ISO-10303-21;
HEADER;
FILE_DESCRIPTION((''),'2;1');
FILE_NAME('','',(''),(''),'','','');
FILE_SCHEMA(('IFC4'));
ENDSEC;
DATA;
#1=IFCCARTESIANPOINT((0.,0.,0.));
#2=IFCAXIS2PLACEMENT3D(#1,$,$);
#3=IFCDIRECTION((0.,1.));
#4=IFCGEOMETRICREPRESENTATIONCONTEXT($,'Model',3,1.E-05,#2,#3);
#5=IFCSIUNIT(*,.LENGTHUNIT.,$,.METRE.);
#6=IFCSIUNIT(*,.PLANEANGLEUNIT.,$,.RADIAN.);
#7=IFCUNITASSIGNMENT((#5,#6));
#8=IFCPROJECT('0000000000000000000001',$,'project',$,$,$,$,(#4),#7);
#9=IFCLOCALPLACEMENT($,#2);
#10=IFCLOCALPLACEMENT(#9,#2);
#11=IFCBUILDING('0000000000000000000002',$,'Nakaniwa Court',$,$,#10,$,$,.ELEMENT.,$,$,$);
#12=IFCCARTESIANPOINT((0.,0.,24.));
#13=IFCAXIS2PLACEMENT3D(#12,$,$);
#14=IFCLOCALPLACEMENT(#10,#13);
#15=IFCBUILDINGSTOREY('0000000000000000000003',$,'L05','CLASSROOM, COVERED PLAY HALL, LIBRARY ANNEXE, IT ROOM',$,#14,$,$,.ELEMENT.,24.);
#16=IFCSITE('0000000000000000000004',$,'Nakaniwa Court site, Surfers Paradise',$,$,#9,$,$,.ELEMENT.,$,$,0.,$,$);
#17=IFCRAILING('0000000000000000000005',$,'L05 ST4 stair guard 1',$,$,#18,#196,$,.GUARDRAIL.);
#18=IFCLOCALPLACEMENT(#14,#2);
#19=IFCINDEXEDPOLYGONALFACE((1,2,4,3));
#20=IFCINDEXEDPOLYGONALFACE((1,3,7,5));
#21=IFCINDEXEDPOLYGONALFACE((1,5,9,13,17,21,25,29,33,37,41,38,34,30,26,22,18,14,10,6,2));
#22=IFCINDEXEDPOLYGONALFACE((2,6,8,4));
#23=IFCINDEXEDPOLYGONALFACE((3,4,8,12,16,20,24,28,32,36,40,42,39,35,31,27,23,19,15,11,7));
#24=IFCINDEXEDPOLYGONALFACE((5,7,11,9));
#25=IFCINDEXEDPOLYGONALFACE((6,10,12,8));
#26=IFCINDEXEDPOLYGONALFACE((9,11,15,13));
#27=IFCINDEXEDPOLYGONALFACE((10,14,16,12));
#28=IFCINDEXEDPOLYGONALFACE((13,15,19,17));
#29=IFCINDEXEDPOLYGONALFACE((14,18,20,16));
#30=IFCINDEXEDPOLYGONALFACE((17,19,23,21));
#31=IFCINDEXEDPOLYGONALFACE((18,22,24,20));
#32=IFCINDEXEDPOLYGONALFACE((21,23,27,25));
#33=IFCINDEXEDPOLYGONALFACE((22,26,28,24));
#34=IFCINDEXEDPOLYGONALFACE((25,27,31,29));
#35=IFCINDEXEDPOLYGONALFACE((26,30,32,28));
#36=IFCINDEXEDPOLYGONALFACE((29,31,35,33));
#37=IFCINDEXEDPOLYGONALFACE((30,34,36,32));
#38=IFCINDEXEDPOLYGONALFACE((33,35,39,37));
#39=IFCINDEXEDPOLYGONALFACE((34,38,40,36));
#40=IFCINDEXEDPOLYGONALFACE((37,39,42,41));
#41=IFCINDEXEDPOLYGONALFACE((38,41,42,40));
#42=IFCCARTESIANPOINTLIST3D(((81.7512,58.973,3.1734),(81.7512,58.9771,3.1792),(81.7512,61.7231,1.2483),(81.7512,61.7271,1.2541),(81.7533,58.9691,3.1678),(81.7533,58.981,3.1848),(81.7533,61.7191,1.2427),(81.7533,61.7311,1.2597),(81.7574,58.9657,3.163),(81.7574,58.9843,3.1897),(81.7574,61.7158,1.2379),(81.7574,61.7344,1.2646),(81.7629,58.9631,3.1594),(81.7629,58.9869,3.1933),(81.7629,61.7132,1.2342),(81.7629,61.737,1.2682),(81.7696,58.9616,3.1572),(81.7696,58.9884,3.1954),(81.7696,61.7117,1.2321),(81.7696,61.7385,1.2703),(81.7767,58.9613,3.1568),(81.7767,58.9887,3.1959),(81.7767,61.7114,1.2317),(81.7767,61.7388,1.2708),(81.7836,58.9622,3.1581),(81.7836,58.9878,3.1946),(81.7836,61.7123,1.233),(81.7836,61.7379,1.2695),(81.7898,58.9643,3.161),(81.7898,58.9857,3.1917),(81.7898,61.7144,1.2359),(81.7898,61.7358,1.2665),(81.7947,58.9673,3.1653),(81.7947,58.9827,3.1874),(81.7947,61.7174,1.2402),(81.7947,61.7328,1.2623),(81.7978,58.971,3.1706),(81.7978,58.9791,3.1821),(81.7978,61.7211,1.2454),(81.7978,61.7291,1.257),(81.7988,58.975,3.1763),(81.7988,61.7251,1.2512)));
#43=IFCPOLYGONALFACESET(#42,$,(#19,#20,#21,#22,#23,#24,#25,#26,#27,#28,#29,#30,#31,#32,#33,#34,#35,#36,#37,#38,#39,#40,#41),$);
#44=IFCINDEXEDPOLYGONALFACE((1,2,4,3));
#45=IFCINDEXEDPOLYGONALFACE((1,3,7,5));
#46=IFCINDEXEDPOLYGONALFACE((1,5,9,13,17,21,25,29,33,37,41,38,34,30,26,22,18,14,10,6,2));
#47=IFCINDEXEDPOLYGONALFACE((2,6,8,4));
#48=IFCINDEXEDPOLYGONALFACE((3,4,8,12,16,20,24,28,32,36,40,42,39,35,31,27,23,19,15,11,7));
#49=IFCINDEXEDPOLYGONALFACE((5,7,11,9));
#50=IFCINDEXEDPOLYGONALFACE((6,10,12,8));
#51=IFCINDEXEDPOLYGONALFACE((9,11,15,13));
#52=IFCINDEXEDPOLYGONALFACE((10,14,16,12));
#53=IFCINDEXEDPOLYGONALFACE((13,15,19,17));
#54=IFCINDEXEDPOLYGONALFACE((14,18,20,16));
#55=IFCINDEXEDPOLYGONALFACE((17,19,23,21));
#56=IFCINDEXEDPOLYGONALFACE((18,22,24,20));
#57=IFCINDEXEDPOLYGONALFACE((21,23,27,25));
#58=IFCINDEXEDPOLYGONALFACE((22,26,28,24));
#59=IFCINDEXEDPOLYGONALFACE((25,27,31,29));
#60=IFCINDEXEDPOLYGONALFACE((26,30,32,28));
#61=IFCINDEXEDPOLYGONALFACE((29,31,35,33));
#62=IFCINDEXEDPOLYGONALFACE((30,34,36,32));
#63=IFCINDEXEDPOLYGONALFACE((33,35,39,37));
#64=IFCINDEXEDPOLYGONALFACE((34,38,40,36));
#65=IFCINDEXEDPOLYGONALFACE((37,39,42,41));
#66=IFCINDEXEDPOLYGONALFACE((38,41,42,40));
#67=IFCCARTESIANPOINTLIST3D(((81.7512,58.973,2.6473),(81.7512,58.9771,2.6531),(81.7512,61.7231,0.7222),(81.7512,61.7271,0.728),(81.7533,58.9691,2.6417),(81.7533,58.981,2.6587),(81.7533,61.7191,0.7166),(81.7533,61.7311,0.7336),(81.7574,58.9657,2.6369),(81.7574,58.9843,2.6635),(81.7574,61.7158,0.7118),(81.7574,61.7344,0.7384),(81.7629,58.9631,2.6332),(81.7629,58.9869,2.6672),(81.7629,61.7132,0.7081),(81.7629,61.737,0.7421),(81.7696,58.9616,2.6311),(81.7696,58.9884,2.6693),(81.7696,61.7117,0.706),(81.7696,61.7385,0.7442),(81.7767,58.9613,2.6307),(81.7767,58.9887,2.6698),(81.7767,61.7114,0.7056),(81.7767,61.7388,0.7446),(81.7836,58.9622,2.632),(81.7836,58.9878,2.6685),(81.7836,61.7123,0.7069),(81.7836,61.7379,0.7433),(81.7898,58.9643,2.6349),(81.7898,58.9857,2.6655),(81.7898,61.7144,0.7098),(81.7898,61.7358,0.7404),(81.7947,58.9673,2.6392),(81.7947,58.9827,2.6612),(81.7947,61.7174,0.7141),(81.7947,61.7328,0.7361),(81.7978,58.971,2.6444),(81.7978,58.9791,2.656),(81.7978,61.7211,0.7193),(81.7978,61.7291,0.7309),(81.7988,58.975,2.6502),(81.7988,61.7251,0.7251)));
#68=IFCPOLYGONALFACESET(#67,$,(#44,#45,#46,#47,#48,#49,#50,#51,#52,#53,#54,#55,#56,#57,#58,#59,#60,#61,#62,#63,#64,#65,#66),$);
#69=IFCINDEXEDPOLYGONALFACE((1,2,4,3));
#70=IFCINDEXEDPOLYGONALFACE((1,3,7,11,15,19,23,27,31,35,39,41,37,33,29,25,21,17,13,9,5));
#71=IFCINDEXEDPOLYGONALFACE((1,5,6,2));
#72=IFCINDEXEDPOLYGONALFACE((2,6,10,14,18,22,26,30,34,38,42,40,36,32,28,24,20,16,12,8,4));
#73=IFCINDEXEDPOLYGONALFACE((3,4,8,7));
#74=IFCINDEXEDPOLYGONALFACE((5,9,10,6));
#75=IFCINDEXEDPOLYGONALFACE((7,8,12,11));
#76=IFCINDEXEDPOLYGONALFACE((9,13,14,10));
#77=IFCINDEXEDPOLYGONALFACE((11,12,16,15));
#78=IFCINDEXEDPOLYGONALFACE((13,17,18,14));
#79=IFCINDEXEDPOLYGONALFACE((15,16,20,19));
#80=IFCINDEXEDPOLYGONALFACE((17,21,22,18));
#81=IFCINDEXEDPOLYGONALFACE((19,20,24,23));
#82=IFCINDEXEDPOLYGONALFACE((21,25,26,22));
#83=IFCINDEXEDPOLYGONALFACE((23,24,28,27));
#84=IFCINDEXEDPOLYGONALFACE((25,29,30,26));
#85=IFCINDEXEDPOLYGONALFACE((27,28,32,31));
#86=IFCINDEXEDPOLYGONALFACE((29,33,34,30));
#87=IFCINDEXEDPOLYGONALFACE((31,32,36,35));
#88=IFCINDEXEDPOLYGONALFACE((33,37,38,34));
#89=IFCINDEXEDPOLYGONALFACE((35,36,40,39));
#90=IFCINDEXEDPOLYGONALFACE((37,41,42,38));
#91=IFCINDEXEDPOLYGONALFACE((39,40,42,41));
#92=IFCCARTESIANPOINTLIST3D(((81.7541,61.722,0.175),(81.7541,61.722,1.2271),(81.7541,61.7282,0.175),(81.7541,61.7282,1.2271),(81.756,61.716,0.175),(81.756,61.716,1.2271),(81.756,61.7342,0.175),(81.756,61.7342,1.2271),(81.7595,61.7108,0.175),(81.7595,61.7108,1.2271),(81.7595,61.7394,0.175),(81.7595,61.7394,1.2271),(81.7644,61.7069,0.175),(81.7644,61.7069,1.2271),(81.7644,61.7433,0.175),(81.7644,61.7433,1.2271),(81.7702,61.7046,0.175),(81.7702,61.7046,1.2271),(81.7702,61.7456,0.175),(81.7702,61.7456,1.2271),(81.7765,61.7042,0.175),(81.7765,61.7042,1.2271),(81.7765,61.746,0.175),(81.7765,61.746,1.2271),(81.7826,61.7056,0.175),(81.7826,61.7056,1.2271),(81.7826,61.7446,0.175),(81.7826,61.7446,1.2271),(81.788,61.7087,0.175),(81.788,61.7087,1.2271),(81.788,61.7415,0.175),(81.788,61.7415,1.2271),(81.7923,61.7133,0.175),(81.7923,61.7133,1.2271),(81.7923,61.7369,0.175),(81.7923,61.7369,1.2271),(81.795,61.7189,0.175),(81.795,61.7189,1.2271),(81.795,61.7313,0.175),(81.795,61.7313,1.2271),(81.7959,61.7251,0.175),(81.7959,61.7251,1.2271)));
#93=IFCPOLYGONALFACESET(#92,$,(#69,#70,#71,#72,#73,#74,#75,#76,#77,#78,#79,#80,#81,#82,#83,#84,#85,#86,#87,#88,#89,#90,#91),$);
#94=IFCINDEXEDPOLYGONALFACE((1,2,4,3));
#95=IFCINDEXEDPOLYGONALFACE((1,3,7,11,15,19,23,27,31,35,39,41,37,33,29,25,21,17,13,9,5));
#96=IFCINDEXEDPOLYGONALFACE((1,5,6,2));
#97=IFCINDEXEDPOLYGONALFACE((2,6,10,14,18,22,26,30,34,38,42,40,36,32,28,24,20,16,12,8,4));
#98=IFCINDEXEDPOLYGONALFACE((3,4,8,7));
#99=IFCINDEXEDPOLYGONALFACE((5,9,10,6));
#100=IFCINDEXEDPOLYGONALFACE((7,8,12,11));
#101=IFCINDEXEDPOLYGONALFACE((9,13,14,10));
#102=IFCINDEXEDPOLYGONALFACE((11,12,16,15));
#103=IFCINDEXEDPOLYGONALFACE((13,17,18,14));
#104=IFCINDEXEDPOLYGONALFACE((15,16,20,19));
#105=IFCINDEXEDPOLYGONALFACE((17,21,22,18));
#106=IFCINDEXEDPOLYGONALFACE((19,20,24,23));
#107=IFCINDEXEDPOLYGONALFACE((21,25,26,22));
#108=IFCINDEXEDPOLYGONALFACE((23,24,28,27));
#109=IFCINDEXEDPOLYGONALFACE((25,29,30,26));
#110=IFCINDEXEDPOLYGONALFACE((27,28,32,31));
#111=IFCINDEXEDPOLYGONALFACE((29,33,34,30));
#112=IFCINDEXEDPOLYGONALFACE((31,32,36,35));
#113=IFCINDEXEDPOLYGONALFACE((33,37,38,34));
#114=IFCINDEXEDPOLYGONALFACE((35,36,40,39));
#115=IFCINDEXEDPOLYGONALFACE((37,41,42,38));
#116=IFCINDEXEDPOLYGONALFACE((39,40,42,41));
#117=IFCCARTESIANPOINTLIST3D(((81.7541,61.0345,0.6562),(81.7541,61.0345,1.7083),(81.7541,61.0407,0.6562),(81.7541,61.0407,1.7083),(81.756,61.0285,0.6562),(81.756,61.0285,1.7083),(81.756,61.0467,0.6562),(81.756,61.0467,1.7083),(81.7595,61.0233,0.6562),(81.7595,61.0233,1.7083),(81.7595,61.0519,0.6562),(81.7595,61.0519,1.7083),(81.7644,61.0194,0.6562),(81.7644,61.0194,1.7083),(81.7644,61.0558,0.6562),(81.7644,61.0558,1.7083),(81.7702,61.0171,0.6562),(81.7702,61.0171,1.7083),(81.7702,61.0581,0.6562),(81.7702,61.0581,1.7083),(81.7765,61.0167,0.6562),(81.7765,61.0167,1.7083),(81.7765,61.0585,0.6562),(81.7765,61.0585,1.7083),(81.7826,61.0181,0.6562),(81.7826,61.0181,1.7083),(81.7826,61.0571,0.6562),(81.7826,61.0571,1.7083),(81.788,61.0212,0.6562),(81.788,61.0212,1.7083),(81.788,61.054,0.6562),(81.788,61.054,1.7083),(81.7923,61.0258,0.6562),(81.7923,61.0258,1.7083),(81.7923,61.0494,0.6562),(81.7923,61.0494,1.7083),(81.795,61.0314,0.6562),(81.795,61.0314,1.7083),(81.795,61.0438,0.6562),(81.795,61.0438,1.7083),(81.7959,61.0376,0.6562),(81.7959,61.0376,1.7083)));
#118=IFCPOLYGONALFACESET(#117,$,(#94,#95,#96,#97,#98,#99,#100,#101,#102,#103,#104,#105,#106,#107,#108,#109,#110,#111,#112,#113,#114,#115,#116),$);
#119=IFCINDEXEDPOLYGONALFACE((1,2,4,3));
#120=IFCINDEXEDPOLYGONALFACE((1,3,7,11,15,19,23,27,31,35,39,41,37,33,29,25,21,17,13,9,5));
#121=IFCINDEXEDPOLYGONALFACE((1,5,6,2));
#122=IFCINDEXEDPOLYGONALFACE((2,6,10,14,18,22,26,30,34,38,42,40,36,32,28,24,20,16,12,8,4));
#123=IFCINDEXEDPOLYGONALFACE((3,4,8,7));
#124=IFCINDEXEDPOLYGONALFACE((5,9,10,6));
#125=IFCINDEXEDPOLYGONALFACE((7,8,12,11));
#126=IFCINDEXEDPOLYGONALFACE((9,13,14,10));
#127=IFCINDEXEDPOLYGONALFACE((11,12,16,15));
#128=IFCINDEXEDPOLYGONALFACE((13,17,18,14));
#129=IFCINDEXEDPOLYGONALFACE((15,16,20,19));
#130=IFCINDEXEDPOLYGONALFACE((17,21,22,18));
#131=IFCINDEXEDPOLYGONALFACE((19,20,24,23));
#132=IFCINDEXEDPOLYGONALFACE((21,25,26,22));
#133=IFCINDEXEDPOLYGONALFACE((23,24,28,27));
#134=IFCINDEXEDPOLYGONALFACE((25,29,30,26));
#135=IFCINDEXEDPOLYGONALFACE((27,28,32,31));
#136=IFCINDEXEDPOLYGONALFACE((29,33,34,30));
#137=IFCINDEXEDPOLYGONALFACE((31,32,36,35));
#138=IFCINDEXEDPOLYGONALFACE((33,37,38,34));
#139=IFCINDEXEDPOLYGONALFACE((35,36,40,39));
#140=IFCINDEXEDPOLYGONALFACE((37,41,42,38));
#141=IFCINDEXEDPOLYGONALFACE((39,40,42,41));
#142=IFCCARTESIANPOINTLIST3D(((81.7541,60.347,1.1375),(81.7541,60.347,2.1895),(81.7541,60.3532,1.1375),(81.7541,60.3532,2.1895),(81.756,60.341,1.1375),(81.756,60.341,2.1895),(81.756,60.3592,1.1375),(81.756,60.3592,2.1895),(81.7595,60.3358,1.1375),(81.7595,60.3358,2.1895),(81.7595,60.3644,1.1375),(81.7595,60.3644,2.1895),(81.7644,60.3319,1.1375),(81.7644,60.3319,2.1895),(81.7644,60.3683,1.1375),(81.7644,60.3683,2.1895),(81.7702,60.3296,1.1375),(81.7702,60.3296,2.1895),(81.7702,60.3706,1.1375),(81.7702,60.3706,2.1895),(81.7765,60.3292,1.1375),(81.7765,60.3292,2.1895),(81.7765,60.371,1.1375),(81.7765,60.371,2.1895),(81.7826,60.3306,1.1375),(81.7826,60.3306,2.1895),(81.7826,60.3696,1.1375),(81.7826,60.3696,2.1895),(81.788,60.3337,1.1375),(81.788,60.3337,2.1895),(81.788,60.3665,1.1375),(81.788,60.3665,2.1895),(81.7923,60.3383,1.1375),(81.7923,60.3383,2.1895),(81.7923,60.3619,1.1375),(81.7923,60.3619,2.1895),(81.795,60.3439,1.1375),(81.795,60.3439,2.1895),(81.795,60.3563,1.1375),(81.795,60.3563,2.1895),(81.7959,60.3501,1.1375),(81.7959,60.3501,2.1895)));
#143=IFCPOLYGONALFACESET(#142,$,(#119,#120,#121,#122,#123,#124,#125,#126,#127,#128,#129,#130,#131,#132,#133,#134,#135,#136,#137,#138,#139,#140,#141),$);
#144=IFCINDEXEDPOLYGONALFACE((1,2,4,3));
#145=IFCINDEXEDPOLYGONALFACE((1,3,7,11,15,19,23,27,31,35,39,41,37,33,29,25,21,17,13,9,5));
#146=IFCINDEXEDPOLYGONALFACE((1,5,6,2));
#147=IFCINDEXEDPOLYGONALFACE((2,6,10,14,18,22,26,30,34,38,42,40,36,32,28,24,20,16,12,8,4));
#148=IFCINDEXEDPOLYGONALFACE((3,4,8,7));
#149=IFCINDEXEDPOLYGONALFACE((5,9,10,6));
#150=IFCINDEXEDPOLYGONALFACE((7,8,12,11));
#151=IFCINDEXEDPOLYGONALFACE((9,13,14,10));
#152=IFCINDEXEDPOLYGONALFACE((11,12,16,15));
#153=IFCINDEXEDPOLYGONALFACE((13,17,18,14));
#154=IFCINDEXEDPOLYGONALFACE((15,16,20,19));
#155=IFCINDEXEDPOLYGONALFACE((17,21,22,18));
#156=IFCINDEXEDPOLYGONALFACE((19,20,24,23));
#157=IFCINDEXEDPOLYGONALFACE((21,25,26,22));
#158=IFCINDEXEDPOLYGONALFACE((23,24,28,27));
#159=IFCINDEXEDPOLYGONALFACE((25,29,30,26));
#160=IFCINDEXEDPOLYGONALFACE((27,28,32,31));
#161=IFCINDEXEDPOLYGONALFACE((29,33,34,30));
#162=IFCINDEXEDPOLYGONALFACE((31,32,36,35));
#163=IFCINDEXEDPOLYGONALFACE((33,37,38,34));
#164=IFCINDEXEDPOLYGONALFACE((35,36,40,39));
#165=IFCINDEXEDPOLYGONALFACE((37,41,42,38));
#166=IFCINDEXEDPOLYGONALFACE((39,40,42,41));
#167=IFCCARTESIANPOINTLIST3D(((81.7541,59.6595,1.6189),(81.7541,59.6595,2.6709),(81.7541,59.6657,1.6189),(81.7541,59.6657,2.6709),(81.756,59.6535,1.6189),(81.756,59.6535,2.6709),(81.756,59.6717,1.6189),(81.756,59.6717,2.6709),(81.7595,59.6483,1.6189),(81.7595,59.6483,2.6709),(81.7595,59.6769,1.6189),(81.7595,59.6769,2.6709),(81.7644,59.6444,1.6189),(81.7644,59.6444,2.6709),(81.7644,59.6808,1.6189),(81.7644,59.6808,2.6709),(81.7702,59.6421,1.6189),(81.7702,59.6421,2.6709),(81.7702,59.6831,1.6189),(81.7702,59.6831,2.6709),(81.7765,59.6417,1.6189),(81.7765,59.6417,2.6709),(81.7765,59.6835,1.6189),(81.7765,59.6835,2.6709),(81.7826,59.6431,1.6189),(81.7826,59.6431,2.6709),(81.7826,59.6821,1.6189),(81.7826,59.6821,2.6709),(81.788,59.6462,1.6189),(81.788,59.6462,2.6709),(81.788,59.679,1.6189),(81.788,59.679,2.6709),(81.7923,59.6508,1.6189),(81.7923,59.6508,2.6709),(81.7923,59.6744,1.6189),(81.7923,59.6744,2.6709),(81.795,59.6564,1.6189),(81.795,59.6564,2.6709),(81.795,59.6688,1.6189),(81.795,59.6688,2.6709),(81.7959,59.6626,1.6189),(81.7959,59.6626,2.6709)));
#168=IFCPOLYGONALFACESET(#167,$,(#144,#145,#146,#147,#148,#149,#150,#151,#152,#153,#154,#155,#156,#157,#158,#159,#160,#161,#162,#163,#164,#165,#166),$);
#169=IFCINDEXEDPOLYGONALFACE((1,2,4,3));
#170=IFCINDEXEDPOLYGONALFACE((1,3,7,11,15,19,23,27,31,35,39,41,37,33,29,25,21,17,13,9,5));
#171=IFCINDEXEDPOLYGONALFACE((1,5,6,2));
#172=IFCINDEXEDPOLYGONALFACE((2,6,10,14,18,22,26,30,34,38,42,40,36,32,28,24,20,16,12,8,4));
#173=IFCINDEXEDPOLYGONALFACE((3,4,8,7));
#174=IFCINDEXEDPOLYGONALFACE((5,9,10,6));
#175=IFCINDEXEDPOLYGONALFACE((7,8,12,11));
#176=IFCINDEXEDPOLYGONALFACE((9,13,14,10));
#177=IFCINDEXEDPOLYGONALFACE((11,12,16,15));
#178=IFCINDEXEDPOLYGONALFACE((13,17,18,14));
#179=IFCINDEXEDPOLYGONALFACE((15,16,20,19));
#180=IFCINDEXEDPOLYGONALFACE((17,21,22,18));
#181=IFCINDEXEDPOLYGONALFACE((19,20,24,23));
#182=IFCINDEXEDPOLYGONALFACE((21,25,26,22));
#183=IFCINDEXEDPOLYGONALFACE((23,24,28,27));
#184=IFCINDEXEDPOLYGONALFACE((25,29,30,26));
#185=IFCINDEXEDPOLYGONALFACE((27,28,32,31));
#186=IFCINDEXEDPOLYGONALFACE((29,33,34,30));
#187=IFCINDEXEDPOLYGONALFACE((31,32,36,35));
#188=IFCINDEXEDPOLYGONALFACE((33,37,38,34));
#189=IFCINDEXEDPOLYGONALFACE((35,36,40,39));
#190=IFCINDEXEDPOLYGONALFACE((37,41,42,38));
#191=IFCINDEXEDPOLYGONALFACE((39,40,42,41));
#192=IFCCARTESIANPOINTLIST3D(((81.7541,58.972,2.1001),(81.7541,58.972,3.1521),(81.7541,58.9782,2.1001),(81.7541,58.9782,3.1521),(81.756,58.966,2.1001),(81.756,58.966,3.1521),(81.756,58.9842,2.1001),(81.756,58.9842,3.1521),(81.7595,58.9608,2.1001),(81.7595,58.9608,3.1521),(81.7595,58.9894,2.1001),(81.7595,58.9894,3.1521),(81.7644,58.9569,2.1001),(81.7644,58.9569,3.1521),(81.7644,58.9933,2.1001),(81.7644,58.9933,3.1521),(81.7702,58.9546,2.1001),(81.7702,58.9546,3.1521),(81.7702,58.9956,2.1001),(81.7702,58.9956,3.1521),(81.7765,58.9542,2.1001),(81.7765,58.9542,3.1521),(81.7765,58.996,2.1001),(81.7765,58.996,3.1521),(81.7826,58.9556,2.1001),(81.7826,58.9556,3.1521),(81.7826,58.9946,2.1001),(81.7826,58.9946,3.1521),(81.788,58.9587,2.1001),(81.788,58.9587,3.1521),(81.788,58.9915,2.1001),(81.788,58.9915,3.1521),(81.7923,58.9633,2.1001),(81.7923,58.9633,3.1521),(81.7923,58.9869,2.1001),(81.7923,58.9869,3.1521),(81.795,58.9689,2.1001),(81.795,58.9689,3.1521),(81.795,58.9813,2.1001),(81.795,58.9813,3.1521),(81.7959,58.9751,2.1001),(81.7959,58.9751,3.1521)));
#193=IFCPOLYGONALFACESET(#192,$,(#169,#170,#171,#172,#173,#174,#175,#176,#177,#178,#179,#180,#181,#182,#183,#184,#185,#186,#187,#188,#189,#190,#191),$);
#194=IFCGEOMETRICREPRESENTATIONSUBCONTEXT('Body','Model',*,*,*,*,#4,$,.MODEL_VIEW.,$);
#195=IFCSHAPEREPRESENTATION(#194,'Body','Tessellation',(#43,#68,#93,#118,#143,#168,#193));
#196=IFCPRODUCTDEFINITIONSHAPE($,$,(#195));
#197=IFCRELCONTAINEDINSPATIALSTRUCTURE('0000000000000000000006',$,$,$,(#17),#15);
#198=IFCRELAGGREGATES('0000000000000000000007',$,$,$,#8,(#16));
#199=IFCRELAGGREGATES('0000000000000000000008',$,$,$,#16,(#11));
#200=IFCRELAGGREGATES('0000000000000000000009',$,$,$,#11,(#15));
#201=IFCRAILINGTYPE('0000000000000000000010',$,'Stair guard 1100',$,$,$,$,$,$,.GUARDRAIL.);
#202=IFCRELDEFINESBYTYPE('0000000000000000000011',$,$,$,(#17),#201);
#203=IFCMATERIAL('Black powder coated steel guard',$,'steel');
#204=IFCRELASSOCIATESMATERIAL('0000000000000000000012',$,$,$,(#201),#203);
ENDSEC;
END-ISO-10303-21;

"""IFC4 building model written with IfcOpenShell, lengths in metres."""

from ifc_helpers import new_model, si_unit, direction, frame, origin, origin_2d, place, context, subcontext, project, spatial, circle, extrude, material, type_object, element, save


model = new_model("IFC4")

# Units and contexts
model_context = context("Model", 3, precision=1e-05, world=origin(), true_north=direction((0.0, 1.0)))
body_context = subcontext(model_context, "Body", "Model", "MODEL_VIEW")
ifc_project = project(units=[si_unit("LENGTHUNIT", "METRE"), si_unit("PLANEANGLEUNIT", "RADIAN")], contexts=[model_context])

# Site, building, storey
site_placement = place(None, origin())
site = spatial("IfcSite", under=ifc_project, at=site_placement, Name="Nakaniwa Court site, Surfers Paradise", CompositionType="ELEMENT", RefElevation=0.0)
building_placement = place(site_placement, origin())
building = spatial("IfcBuilding", under=site, at=building_placement, Name="Nakaniwa Court", CompositionType="ELEMENT")
storey_placement = place(building_placement, frame((0.0, 0.0, 24.0)))
storey = spatial("IfcBuildingStorey", under=building, at=storey_placement, Name="L05", Description="CLASSROOM, COVERED PLAY HALL, LIBRARY ANNEXE, IT ROOM", CompositionType="ELEMENT", Elevation=24.0)

# Railing
ifc_material_1 = material(Name="Black powder coated steel guard", Category="steel")
railing_type_1 = type_object("IfcRailingType", Name="Stair guard 1100", PredefinedType="GUARDRAIL", material=ifc_material_1)
railing_1_placement = place(storey_placement, frame((81.7749, 61.7251, 0.175)))
element("IfcRailing", 1, at=railing_1_placement, inside=storey, type_object=railing_type_1, Name="L05 ST4 stair guard 1", PredefinedType="GUARDRAIL", context=body_context, shape_type="SweptSolid", body=[
    extrude(circle(Radius=0.0239, at=origin_2d()), frame((0.0, 0.0, 1.0762), z_axis=(0.0, -0.819225, 0.573472), x_axis=(1.0, 0.0, 0.0)), (0.0, 0.0, 1.0), 3.3569),
    extrude(circle(Radius=0.0239, at=origin_2d()), frame((0.0, 0.0, 0.55), z_axis=(0.0, -0.819225, 0.573472), x_axis=(1.0, 0.0, 0.0)), (0.0, 0.0, 1.0), 3.3569),
    extrude(circle(Radius=0.021, at=origin_2d()), origin(), (0.0, 0.0, 1.0), 1.052),
    extrude(circle(Radius=0.021, at=origin_2d()), frame((0.0, -0.6875, 0.4812)), (0.0, 0.0, 1.0), 1.052),
    extrude(circle(Radius=0.021, at=origin_2d()), frame((0.0, -1.375, 0.9624)), (0.0, 0.0, 1.0), 1.052),
    extrude(circle(Radius=0.021, at=origin_2d()), frame((0.0, -2.0625, 1.4438)), (0.0, 0.0, 1.0), 1.052),
    extrude(circle(Radius=0.021, at=origin_2d()), frame((0.0, -2.75, 1.925)), (0.0, 0.0, 1.0), 1.052),
])

save(model, "model.ifc")
